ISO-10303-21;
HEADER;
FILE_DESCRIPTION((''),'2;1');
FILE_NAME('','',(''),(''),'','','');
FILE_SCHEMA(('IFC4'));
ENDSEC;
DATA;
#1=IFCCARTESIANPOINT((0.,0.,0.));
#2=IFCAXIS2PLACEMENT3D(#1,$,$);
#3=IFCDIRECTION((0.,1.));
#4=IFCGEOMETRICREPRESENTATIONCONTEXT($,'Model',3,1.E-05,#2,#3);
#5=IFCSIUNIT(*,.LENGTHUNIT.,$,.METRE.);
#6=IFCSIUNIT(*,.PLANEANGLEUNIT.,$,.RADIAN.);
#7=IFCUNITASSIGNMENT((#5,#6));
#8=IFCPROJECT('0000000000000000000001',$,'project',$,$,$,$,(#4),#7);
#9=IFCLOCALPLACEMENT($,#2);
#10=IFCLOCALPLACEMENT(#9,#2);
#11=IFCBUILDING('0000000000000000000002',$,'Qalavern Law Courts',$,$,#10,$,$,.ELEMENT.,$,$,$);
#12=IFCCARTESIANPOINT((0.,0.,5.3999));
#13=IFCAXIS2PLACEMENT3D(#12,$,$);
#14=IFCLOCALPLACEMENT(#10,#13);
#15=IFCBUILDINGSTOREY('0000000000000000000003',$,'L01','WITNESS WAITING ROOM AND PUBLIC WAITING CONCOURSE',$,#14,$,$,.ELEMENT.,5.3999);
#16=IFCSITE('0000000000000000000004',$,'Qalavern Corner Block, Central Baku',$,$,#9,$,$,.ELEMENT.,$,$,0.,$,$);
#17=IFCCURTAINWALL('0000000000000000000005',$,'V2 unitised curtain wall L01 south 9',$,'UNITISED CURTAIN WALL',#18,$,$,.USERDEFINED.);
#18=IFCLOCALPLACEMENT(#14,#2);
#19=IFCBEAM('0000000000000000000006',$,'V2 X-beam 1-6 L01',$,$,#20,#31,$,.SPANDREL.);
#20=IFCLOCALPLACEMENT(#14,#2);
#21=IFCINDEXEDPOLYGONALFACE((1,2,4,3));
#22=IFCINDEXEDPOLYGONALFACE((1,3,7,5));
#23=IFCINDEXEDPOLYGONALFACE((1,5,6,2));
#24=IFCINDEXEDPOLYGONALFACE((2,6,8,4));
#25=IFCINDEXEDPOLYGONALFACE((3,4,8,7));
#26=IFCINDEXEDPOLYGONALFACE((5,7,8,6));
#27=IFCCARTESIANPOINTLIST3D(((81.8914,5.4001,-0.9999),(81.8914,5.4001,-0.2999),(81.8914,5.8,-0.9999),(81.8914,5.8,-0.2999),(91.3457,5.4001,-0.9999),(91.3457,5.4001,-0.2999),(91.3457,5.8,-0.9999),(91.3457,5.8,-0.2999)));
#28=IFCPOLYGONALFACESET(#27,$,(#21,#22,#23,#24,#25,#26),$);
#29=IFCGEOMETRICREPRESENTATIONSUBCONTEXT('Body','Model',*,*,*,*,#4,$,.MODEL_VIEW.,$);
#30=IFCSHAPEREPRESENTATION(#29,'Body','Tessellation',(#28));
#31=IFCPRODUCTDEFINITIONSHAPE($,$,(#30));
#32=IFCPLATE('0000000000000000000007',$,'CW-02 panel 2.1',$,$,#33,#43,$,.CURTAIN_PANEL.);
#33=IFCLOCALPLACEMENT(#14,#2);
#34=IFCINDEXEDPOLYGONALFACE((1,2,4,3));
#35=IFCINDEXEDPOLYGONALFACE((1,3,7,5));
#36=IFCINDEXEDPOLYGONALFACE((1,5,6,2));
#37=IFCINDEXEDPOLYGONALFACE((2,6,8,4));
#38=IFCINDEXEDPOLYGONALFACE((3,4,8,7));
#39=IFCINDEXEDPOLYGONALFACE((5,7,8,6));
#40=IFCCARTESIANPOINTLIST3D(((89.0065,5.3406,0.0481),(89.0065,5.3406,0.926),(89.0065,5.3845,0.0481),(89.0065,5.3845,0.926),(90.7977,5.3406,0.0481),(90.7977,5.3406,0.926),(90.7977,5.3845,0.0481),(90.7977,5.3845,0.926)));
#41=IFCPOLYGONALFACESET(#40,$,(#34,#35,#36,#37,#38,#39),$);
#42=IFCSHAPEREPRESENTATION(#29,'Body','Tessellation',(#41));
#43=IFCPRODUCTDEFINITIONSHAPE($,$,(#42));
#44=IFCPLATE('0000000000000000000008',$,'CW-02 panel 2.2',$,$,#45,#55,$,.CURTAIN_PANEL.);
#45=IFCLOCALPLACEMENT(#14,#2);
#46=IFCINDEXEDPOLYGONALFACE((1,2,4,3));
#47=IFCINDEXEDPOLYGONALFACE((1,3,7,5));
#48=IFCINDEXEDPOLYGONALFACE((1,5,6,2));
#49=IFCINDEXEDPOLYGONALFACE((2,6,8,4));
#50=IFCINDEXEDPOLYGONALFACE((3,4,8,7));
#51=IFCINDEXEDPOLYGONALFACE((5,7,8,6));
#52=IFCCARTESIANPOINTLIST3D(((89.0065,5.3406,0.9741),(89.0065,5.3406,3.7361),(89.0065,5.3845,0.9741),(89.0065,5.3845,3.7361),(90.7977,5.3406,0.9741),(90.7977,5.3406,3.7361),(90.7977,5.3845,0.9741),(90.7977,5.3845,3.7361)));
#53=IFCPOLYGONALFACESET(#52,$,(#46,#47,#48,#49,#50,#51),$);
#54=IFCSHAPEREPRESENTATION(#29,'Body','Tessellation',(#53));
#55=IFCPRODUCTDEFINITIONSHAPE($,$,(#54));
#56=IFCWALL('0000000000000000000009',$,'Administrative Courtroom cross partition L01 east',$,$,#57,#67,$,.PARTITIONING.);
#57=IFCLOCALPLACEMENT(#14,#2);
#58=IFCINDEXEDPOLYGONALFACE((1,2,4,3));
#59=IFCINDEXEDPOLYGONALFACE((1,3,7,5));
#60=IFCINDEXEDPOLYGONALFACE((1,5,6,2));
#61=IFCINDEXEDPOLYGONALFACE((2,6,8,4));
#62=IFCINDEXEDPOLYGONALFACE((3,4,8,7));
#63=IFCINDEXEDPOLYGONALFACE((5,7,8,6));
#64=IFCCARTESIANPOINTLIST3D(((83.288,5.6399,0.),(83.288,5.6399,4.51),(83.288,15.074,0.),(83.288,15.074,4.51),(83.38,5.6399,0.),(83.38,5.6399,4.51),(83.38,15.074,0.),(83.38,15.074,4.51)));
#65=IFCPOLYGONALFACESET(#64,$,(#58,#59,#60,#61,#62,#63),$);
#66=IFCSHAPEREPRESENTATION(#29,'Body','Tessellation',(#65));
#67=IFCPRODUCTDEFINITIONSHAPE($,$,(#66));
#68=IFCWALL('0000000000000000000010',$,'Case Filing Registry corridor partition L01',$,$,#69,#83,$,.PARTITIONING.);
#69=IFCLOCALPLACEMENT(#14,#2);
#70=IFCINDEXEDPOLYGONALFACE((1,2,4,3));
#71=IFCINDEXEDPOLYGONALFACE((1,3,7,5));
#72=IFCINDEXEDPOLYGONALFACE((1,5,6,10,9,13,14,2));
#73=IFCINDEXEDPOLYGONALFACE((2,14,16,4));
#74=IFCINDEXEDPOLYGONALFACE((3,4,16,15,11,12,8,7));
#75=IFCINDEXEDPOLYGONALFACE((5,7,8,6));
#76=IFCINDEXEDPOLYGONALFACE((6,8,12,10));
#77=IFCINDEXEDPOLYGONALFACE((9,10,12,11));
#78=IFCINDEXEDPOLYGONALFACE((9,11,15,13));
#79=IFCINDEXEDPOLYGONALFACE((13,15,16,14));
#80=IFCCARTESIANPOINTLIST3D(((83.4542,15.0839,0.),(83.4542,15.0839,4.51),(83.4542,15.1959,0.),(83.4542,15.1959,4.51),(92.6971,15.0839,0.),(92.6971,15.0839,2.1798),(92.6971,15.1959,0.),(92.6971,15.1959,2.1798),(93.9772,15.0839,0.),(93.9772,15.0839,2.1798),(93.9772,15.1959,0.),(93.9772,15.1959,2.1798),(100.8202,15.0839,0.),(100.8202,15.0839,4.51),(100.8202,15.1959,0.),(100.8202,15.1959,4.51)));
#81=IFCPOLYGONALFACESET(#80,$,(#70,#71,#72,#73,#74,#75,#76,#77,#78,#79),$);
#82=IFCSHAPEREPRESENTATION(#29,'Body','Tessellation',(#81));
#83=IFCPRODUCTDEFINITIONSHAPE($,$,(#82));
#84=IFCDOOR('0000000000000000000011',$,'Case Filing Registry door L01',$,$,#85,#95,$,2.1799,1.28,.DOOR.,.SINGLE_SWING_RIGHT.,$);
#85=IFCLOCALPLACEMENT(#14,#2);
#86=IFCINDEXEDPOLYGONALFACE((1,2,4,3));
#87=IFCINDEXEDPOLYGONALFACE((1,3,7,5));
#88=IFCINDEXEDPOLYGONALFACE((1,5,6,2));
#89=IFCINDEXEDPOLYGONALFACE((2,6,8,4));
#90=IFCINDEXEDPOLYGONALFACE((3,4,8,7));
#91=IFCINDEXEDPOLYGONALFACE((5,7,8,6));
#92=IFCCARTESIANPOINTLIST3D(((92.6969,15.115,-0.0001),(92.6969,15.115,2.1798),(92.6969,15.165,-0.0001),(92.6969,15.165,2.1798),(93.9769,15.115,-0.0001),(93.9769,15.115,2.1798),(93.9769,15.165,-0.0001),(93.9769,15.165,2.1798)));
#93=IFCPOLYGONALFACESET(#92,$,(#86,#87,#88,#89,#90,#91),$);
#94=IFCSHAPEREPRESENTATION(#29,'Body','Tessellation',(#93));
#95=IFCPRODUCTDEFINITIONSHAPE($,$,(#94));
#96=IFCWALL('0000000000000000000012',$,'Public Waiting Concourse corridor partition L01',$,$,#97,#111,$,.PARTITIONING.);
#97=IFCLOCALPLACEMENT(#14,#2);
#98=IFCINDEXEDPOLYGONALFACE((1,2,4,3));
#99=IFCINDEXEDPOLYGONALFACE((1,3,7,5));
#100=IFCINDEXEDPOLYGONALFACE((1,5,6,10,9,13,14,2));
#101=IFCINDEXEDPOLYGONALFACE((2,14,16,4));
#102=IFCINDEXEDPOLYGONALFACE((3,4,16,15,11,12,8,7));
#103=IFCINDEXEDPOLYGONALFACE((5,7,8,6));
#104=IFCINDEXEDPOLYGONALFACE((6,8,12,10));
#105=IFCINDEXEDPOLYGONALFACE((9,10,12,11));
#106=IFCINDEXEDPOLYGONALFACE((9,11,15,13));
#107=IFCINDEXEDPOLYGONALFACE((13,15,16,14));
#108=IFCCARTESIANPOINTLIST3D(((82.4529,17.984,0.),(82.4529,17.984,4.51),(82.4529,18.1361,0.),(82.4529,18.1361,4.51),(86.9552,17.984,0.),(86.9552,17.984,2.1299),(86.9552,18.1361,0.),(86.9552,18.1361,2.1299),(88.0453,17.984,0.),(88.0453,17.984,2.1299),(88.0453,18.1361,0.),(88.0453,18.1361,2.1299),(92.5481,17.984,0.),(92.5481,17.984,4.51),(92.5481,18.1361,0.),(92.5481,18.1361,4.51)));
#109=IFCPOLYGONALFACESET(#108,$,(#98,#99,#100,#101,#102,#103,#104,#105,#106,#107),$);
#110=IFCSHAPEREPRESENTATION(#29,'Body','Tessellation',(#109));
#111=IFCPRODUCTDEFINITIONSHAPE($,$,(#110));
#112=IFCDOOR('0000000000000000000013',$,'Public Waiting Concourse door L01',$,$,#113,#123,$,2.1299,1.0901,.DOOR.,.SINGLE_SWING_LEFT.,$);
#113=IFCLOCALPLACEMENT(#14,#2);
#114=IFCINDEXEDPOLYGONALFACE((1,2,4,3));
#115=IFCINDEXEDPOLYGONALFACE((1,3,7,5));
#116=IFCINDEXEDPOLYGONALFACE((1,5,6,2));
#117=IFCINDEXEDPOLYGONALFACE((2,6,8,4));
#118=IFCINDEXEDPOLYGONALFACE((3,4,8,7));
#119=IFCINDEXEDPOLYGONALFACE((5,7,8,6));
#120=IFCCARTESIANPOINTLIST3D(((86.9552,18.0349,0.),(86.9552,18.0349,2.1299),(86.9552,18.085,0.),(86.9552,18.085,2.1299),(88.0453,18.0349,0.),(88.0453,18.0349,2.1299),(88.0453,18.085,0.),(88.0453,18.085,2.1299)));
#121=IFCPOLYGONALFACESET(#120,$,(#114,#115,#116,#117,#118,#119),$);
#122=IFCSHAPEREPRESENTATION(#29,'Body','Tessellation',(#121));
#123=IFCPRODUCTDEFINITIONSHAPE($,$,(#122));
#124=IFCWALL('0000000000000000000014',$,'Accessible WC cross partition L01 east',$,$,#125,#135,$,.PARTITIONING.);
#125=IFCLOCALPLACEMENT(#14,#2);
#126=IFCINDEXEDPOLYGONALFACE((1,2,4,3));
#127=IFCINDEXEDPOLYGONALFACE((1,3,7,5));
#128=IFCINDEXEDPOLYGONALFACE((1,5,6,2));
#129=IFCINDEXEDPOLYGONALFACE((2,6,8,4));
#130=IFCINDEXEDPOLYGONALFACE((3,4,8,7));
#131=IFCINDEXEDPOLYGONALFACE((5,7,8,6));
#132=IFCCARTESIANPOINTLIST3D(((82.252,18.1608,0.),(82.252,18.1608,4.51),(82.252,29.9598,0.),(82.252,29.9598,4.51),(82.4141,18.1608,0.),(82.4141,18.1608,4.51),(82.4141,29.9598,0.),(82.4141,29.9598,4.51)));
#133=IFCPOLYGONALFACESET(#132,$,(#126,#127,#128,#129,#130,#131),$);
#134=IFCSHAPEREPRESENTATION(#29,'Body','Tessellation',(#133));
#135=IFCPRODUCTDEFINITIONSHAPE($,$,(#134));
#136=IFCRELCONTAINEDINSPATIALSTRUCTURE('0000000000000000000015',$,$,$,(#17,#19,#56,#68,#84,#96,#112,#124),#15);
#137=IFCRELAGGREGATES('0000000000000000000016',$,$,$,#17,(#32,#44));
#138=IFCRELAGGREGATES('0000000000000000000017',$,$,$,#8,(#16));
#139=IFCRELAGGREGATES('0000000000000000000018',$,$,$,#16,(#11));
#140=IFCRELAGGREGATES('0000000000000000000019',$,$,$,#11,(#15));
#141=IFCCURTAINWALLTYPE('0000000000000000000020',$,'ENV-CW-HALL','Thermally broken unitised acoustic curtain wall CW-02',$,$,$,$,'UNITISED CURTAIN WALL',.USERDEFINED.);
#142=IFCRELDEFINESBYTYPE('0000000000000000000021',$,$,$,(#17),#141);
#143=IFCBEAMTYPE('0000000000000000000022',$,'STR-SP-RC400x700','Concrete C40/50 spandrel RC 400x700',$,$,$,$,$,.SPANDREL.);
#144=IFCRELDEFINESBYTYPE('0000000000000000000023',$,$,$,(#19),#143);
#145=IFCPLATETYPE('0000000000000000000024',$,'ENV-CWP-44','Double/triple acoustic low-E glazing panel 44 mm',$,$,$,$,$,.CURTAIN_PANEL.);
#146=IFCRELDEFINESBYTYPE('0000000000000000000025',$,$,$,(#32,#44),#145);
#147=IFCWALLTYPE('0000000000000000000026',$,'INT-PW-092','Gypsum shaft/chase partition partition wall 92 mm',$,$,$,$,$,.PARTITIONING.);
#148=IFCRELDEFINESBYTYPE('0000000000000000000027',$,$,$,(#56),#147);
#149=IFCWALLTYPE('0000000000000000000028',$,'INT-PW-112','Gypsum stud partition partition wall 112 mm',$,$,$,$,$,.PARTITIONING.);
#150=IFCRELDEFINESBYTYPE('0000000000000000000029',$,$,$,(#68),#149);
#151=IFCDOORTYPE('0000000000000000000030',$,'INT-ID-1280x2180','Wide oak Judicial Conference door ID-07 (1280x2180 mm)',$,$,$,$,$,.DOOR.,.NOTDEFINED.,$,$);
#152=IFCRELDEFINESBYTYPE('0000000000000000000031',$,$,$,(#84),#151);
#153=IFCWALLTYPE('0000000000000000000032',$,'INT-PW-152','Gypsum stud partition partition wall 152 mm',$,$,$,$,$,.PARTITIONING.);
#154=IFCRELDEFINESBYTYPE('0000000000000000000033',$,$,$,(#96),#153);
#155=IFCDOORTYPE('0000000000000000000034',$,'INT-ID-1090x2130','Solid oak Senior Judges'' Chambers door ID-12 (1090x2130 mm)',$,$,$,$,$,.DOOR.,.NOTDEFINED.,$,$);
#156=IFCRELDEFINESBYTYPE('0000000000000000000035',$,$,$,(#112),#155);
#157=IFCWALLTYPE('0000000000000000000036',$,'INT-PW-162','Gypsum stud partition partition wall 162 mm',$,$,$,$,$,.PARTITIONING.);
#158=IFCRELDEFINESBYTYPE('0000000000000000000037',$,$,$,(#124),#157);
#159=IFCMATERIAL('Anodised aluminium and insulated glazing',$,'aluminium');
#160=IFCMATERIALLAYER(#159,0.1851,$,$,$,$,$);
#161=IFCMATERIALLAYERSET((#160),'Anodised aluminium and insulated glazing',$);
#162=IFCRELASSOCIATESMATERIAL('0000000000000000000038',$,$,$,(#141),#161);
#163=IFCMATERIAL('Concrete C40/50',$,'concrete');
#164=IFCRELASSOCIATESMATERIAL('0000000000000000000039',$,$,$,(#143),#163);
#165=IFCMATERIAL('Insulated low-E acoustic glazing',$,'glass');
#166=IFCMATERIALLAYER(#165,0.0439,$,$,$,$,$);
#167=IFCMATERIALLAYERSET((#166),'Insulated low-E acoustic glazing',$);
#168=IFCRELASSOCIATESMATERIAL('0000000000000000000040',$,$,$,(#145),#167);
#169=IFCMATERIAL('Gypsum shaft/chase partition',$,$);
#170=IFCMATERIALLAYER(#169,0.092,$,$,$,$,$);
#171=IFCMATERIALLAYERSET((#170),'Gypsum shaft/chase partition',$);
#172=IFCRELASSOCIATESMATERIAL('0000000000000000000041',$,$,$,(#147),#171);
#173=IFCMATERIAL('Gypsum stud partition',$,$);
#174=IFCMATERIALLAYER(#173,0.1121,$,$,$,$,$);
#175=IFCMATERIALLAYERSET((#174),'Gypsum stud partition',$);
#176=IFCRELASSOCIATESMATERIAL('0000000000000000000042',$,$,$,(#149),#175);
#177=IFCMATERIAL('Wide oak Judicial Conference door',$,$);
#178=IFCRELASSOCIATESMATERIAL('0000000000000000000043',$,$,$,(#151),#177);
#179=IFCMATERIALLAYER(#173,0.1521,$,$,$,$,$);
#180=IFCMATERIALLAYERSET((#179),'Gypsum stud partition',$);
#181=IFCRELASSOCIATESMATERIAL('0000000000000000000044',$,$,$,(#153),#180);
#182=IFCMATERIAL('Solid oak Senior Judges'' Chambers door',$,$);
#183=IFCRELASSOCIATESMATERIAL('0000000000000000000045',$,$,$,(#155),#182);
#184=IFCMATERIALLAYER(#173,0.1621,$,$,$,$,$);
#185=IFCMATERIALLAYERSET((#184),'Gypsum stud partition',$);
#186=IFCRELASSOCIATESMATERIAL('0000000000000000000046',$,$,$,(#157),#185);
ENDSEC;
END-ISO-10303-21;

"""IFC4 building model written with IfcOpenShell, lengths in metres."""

from ifc_helpers import new_model, si_unit, direction, frame, frame_2d, origin, origin_2d, place, context, subcontext, project, spatial, rectangle, extrude, material, layer, layer_set, material_profile, profile_set, type_object, element, fill, aggregate, save


model = new_model("IFC4")

# Units and contexts
model_context = context("Model", 3, precision=1e-05, world=origin(), true_north=direction((0.0, 1.0)))
body_context = subcontext(model_context, "Body", "Model", "MODEL_VIEW")
ifc_project = project(units=[si_unit("LENGTHUNIT", "METRE"), si_unit("PLANEANGLEUNIT", "RADIAN")], contexts=[model_context])

# Site, building, storey
site_placement = place(None, origin())
site = spatial("IfcSite", under=ifc_project, at=site_placement, Name="Qalavern Corner Block, Central Baku", CompositionType="ELEMENT", RefElevation=0.0)
building_placement = place(site_placement, origin())
building = spatial("IfcBuilding", under=site, at=building_placement, Name="Qalavern Law Courts", CompositionType="ELEMENT")
storey_placement = place(building_placement, frame((0.0, 0.0, 5.3999)))
storey = spatial("IfcBuildingStorey", under=building, at=storey_placement, Name="L01", Description="WITNESS WAITING ROOM AND PUBLIC WAITING CONCOURSE", CompositionType="ELEMENT", Elevation=5.3999)

# Curtain wall
ifc_material_1 = material(Name="Anodised aluminium and insulated glazing", Category="aluminium")
ifc_layer_1 = layer(ifc_material_1, 0.1851)
ifc_layer_set_1 = layer_set([ifc_layer_1], Name="Anodised aluminium and insulated glazing")
curtain_wall_type = type_object("IfcCurtainWallType", Name="ENV-CW-HALL", Description="Thermally broken unitised acoustic curtain wall CW-02", ElementType="UNITISED CURTAIN WALL", PredefinedType="USERDEFINED", material=ifc_layer_set_1)
curtain_wall_placement = place(storey_placement, origin())
curtain_wall = element("IfcCurtainWall", 1, at=curtain_wall_placement, inside=storey, type_object=curtain_wall_type, Name="V2 unitised curtain wall L01 south 9", ObjectType="UNITISED CURTAIN WALL", PredefinedType="USERDEFINED")

# Beam
ifc_material_2 = material(Name="Concrete C40/50", Category="concrete")
ifc_material_profile_1 = material_profile(ifc_material_2, rectangle(XDim=0.3999, YDim=0.7, at=origin_2d()), Name="RC 400x700")
ifc_profile_set_1 = profile_set([ifc_material_profile_1], Name="Concrete C40/50")
beam_type_1 = type_object("IfcBeamType", Name="STR-SP-RC400x700", Description="Concrete C40/50 spandrel RC 400x700", PredefinedType="SPANDREL", material=ifc_profile_set_1)
beam_1_placement = place(storey_placement, frame((81.8914, 5.6001, -0.6499), z_axis=(1.0, 0.0, 0.0), x_axis=(0.0, 1.0, 0.0)))
element("IfcBeam", 2, at=beam_1_placement, inside=storey, type_object=beam_type_1, Name="V2 X-beam 1-6 L01", PredefinedType="SPANDREL", context=body_context, shape_type="SweptSolid", body=[
    extrude(rectangle(XDim=0.3999, YDim=0.7, at=origin_2d()), origin(), (0.0, 0.0, 1.0), 9.4543),
])

# Plates
ifc_material_3 = material(Name="Insulated low-E acoustic glazing", Category="glass")
ifc_layer_2 = layer(ifc_material_3, 0.0439)
ifc_layer_set_2 = layer_set([ifc_layer_2], Name="Insulated low-E acoustic glazing")
plate_type = type_object("IfcPlateType", Name="ENV-CWP-44", Description="Double/triple acoustic low-E glazing panel 44 mm", PredefinedType="CURTAIN_PANEL", material=ifc_layer_set_2)
plate_1_placement = place(storey_placement, frame((89.9021, 5.3625, 0.0481), z_axis=(0.0, 0.0, 1.0), x_axis=(1.0, 0.0, 0.0)))
plate_1 = element("IfcPlate", 3, at=plate_1_placement, type_object=plate_type, Name="CW-02 panel 2.1", PredefinedType="CURTAIN_PANEL", context=body_context, shape_type="SweptSolid", body=[
    extrude(rectangle(XDim=1.7913, YDim=0.0439, at=origin_2d()), origin(), (0.0, 0.0, 1.0), 0.8779),
])
plate_2_placement = place(storey_placement, frame((89.9021, 5.3625, 0.9741), z_axis=(0.0, 0.0, 1.0), x_axis=(1.0, 0.0, 0.0)))
plate_2 = element("IfcPlate", 4, at=plate_2_placement, type_object=plate_type, Name="CW-02 panel 2.2", PredefinedType="CURTAIN_PANEL", context=body_context, shape_type="SweptSolid", body=[
    extrude(rectangle(XDim=1.7913, YDim=0.0439, at=origin_2d()), origin(), (0.0, 0.0, 1.0), 2.762),
])
aggregate(curtain_wall, [plate_1, plate_2])

# Wall
ifc_material_4 = material(Name="Gypsum shaft/chase partition")
ifc_layer_3 = layer(ifc_material_4, 0.092)
ifc_layer_set_3 = layer_set([ifc_layer_3], Name="Gypsum shaft/chase partition")
wall_type_1 = type_object("IfcWallType", Name="INT-PW-092", Description="Gypsum shaft/chase partition partition wall 92 mm", PredefinedType="PARTITIONING", material=ifc_layer_set_3)
wall_1_placement = place(storey_placement, frame((83.334, 5.6399, 0.0), z_axis=(0.0, 0.0, 1.0), x_axis=(0.0, 1.0, 0.0)))
element("IfcWall", 5, at=wall_1_placement, inside=storey, type_object=wall_type_1, Name="Administrative Courtroom cross partition L01 east", PredefinedType="PARTITIONING", context=body_context, shape_type="SweptSolid", body=[
    extrude(rectangle(XDim=9.4341, YDim=0.092, at=frame_2d((4.717, 0.0))), origin(), (0.0, 0.0, 1.0), 4.51),
])

# Walls, openings, doors
ifc_material_5 = material(Name="Gypsum stud partition")
ifc_layer_4 = layer(ifc_material_5, 0.1121)
ifc_layer_set_4 = layer_set([ifc_layer_4], Name="Gypsum stud partition")
wall_type_2 = type_object("IfcWallType", Name="INT-PW-112", Description="Gypsum stud partition partition wall 112 mm", PredefinedType="PARTITIONING", material=ifc_layer_set_4)
wall_2_placement = place(storey_placement, frame((83.4541, 15.1399, 0.0), z_axis=(0.0, 0.0, 1.0), x_axis=(1.0, 0.0, 0.0)))
wall_2 = element("IfcWall", 6, at=wall_2_placement, inside=storey, type_object=wall_type_2, Name="Case Filing Registry corridor partition L01", PredefinedType="PARTITIONING", context=body_context, shape_type="SweptSolid", body=[
    extrude(rectangle(XDim=17.366, YDim=0.1121, at=frame_2d((8.6831, 0.0))), origin(), (0.0, 0.0, 1.0), 4.51),
])
opening_1_placement = place(wall_2_placement, frame((9.2429, 0.0, 0.0)))
opening_1 = element("IfcOpeningElement", 7, at=opening_1_placement, cuts=wall_2, PredefinedType="OPENING", context=body_context, shape_type="SweptSolid", body=[
    extrude(rectangle(XDim=1.28, YDim=2.1799, at=frame_2d((0.6401, 1.0898))), frame((0.0, 0.0708, 0.0), z_axis=(0.0, -1.0, 0.0), x_axis=(1.0, 0.0, 0.0)), (0.0, 0.0, 1.0), 0.1418),
])
ifc_material_6 = material(Name="Wide oak Judicial Conference door")
door_type_1 = type_object("IfcDoorType", Name="INT-ID-1280x2180", Description="Wide oak Judicial Conference door ID-07 (1280x2180 mm)", OperationType="NOTDEFINED", PredefinedType="DOOR", material=ifc_material_6)
door_1_placement = place(opening_1_placement, frame((1.28, 0.0, 0.0), z_axis=(0.0, 0.0, 1.0), x_axis=(-1.0, 0.0, 0.0)))
door_1 = element("IfcDoor", 8, at=door_1_placement, inside=storey, type_object=door_type_1, Name="Case Filing Registry door L01", OperationType="SINGLE_SWING_RIGHT", OverallHeight=2.1799, OverallWidth=1.28, PredefinedType="DOOR", context=body_context, shape_type="SweptSolid", body=[
    extrude(rectangle(XDim=1.28, YDim=2.1799, at=frame_2d((0.6401, 1.0898))), frame((0.0, 0.0249, 0.0), z_axis=(0.0, -1.0, 0.0), x_axis=(1.0, 0.0, 0.0)), (0.0, 0.0, 1.0), 0.05),
])
fill(opening_1, door_1)
ifc_layer_5 = layer(ifc_material_5, 0.1521)
ifc_layer_set_5 = layer_set([ifc_layer_5], Name="Gypsum stud partition")
wall_type_3 = type_object("IfcWallType", Name="INT-PW-152", Description="Gypsum stud partition partition wall 152 mm", PredefinedType="PARTITIONING", material=ifc_layer_set_5)
wall_3_placement = place(storey_placement, frame((82.4529, 18.0601, 0.0), z_axis=(0.0, 0.0, 1.0), x_axis=(1.0, 0.0, 0.0)))
wall_3 = element("IfcWall", 9, at=wall_3_placement, inside=storey, type_object=wall_type_3, Name="Public Waiting Concourse corridor partition L01", PredefinedType="PARTITIONING", context=body_context, shape_type="SweptSolid", body=[
    extrude(rectangle(XDim=10.0952, YDim=0.1521, at=frame_2d((5.0476, 0.0))), origin(), (0.0, 0.0, 1.0), 4.51),
])
opening_2_placement = place(wall_3_placement, frame((4.5024, 0.0, 0.0)))
opening_2 = element("IfcOpeningElement", 10, at=opening_2_placement, cuts=wall_3, PredefinedType="OPENING", context=body_context, shape_type="SweptSolid", body=[
    extrude(rectangle(XDim=1.0901, YDim=2.1299, at=frame_2d((0.5449, 1.0649))), frame((0.0, 0.0908, 0.0), z_axis=(0.0, -1.0, 0.0), x_axis=(1.0, 0.0, 0.0)), (0.0, 0.0, 1.0), 0.1819),
])
ifc_material_7 = material(Name="Solid oak Senior Judges' Chambers door")
door_type_2 = type_object("IfcDoorType", Name="INT-ID-1090x2130", Description="Solid oak Senior Judges' Chambers door ID-12 (1090x2130 mm)", OperationType="NOTDEFINED", PredefinedType="DOOR", material=ifc_material_7)
door_2_placement = place(opening_2_placement, origin())
door_2 = element("IfcDoor", 11, at=door_2_placement, inside=storey, type_object=door_type_2, Name="Public Waiting Concourse door L01", OperationType="SINGLE_SWING_LEFT", OverallHeight=2.1299, OverallWidth=1.0901, PredefinedType="DOOR", context=body_context, shape_type="SweptSolid", body=[
    extrude(rectangle(XDim=1.0901, YDim=2.1299, at=frame_2d((0.5449, 1.0649))), frame((0.0, 0.0249, 0.0), z_axis=(0.0, -1.0, 0.0), x_axis=(1.0, 0.0, 0.0)), (0.0, 0.0, 1.0), 0.05),
])
fill(opening_2, door_2)

# Wall
ifc_layer_6 = layer(ifc_material_5, 0.1621)
ifc_layer_set_6 = layer_set([ifc_layer_6], Name="Gypsum stud partition")
wall_type_4 = type_object("IfcWallType", Name="INT-PW-162", Description="Gypsum stud partition partition wall 162 mm", PredefinedType="PARTITIONING", material=ifc_layer_set_6)
wall_4_placement = place(storey_placement, frame((82.333, 18.1609, 0.0), z_axis=(0.0, 0.0, 1.0), x_axis=(0.0, 1.0, 0.0)))
element("IfcWall", 12, at=wall_4_placement, inside=storey, type_object=wall_type_4, Name="Accessible WC cross partition L01 east", PredefinedType="PARTITIONING", context=body_context, shape_type="SweptSolid", body=[
    extrude(rectangle(XDim=11.7991, YDim=0.1621, at=frame_2d((5.8994, 0.0))), origin(), (0.0, 0.0, 1.0), 4.51),
])

save(model, "model.ifc")
